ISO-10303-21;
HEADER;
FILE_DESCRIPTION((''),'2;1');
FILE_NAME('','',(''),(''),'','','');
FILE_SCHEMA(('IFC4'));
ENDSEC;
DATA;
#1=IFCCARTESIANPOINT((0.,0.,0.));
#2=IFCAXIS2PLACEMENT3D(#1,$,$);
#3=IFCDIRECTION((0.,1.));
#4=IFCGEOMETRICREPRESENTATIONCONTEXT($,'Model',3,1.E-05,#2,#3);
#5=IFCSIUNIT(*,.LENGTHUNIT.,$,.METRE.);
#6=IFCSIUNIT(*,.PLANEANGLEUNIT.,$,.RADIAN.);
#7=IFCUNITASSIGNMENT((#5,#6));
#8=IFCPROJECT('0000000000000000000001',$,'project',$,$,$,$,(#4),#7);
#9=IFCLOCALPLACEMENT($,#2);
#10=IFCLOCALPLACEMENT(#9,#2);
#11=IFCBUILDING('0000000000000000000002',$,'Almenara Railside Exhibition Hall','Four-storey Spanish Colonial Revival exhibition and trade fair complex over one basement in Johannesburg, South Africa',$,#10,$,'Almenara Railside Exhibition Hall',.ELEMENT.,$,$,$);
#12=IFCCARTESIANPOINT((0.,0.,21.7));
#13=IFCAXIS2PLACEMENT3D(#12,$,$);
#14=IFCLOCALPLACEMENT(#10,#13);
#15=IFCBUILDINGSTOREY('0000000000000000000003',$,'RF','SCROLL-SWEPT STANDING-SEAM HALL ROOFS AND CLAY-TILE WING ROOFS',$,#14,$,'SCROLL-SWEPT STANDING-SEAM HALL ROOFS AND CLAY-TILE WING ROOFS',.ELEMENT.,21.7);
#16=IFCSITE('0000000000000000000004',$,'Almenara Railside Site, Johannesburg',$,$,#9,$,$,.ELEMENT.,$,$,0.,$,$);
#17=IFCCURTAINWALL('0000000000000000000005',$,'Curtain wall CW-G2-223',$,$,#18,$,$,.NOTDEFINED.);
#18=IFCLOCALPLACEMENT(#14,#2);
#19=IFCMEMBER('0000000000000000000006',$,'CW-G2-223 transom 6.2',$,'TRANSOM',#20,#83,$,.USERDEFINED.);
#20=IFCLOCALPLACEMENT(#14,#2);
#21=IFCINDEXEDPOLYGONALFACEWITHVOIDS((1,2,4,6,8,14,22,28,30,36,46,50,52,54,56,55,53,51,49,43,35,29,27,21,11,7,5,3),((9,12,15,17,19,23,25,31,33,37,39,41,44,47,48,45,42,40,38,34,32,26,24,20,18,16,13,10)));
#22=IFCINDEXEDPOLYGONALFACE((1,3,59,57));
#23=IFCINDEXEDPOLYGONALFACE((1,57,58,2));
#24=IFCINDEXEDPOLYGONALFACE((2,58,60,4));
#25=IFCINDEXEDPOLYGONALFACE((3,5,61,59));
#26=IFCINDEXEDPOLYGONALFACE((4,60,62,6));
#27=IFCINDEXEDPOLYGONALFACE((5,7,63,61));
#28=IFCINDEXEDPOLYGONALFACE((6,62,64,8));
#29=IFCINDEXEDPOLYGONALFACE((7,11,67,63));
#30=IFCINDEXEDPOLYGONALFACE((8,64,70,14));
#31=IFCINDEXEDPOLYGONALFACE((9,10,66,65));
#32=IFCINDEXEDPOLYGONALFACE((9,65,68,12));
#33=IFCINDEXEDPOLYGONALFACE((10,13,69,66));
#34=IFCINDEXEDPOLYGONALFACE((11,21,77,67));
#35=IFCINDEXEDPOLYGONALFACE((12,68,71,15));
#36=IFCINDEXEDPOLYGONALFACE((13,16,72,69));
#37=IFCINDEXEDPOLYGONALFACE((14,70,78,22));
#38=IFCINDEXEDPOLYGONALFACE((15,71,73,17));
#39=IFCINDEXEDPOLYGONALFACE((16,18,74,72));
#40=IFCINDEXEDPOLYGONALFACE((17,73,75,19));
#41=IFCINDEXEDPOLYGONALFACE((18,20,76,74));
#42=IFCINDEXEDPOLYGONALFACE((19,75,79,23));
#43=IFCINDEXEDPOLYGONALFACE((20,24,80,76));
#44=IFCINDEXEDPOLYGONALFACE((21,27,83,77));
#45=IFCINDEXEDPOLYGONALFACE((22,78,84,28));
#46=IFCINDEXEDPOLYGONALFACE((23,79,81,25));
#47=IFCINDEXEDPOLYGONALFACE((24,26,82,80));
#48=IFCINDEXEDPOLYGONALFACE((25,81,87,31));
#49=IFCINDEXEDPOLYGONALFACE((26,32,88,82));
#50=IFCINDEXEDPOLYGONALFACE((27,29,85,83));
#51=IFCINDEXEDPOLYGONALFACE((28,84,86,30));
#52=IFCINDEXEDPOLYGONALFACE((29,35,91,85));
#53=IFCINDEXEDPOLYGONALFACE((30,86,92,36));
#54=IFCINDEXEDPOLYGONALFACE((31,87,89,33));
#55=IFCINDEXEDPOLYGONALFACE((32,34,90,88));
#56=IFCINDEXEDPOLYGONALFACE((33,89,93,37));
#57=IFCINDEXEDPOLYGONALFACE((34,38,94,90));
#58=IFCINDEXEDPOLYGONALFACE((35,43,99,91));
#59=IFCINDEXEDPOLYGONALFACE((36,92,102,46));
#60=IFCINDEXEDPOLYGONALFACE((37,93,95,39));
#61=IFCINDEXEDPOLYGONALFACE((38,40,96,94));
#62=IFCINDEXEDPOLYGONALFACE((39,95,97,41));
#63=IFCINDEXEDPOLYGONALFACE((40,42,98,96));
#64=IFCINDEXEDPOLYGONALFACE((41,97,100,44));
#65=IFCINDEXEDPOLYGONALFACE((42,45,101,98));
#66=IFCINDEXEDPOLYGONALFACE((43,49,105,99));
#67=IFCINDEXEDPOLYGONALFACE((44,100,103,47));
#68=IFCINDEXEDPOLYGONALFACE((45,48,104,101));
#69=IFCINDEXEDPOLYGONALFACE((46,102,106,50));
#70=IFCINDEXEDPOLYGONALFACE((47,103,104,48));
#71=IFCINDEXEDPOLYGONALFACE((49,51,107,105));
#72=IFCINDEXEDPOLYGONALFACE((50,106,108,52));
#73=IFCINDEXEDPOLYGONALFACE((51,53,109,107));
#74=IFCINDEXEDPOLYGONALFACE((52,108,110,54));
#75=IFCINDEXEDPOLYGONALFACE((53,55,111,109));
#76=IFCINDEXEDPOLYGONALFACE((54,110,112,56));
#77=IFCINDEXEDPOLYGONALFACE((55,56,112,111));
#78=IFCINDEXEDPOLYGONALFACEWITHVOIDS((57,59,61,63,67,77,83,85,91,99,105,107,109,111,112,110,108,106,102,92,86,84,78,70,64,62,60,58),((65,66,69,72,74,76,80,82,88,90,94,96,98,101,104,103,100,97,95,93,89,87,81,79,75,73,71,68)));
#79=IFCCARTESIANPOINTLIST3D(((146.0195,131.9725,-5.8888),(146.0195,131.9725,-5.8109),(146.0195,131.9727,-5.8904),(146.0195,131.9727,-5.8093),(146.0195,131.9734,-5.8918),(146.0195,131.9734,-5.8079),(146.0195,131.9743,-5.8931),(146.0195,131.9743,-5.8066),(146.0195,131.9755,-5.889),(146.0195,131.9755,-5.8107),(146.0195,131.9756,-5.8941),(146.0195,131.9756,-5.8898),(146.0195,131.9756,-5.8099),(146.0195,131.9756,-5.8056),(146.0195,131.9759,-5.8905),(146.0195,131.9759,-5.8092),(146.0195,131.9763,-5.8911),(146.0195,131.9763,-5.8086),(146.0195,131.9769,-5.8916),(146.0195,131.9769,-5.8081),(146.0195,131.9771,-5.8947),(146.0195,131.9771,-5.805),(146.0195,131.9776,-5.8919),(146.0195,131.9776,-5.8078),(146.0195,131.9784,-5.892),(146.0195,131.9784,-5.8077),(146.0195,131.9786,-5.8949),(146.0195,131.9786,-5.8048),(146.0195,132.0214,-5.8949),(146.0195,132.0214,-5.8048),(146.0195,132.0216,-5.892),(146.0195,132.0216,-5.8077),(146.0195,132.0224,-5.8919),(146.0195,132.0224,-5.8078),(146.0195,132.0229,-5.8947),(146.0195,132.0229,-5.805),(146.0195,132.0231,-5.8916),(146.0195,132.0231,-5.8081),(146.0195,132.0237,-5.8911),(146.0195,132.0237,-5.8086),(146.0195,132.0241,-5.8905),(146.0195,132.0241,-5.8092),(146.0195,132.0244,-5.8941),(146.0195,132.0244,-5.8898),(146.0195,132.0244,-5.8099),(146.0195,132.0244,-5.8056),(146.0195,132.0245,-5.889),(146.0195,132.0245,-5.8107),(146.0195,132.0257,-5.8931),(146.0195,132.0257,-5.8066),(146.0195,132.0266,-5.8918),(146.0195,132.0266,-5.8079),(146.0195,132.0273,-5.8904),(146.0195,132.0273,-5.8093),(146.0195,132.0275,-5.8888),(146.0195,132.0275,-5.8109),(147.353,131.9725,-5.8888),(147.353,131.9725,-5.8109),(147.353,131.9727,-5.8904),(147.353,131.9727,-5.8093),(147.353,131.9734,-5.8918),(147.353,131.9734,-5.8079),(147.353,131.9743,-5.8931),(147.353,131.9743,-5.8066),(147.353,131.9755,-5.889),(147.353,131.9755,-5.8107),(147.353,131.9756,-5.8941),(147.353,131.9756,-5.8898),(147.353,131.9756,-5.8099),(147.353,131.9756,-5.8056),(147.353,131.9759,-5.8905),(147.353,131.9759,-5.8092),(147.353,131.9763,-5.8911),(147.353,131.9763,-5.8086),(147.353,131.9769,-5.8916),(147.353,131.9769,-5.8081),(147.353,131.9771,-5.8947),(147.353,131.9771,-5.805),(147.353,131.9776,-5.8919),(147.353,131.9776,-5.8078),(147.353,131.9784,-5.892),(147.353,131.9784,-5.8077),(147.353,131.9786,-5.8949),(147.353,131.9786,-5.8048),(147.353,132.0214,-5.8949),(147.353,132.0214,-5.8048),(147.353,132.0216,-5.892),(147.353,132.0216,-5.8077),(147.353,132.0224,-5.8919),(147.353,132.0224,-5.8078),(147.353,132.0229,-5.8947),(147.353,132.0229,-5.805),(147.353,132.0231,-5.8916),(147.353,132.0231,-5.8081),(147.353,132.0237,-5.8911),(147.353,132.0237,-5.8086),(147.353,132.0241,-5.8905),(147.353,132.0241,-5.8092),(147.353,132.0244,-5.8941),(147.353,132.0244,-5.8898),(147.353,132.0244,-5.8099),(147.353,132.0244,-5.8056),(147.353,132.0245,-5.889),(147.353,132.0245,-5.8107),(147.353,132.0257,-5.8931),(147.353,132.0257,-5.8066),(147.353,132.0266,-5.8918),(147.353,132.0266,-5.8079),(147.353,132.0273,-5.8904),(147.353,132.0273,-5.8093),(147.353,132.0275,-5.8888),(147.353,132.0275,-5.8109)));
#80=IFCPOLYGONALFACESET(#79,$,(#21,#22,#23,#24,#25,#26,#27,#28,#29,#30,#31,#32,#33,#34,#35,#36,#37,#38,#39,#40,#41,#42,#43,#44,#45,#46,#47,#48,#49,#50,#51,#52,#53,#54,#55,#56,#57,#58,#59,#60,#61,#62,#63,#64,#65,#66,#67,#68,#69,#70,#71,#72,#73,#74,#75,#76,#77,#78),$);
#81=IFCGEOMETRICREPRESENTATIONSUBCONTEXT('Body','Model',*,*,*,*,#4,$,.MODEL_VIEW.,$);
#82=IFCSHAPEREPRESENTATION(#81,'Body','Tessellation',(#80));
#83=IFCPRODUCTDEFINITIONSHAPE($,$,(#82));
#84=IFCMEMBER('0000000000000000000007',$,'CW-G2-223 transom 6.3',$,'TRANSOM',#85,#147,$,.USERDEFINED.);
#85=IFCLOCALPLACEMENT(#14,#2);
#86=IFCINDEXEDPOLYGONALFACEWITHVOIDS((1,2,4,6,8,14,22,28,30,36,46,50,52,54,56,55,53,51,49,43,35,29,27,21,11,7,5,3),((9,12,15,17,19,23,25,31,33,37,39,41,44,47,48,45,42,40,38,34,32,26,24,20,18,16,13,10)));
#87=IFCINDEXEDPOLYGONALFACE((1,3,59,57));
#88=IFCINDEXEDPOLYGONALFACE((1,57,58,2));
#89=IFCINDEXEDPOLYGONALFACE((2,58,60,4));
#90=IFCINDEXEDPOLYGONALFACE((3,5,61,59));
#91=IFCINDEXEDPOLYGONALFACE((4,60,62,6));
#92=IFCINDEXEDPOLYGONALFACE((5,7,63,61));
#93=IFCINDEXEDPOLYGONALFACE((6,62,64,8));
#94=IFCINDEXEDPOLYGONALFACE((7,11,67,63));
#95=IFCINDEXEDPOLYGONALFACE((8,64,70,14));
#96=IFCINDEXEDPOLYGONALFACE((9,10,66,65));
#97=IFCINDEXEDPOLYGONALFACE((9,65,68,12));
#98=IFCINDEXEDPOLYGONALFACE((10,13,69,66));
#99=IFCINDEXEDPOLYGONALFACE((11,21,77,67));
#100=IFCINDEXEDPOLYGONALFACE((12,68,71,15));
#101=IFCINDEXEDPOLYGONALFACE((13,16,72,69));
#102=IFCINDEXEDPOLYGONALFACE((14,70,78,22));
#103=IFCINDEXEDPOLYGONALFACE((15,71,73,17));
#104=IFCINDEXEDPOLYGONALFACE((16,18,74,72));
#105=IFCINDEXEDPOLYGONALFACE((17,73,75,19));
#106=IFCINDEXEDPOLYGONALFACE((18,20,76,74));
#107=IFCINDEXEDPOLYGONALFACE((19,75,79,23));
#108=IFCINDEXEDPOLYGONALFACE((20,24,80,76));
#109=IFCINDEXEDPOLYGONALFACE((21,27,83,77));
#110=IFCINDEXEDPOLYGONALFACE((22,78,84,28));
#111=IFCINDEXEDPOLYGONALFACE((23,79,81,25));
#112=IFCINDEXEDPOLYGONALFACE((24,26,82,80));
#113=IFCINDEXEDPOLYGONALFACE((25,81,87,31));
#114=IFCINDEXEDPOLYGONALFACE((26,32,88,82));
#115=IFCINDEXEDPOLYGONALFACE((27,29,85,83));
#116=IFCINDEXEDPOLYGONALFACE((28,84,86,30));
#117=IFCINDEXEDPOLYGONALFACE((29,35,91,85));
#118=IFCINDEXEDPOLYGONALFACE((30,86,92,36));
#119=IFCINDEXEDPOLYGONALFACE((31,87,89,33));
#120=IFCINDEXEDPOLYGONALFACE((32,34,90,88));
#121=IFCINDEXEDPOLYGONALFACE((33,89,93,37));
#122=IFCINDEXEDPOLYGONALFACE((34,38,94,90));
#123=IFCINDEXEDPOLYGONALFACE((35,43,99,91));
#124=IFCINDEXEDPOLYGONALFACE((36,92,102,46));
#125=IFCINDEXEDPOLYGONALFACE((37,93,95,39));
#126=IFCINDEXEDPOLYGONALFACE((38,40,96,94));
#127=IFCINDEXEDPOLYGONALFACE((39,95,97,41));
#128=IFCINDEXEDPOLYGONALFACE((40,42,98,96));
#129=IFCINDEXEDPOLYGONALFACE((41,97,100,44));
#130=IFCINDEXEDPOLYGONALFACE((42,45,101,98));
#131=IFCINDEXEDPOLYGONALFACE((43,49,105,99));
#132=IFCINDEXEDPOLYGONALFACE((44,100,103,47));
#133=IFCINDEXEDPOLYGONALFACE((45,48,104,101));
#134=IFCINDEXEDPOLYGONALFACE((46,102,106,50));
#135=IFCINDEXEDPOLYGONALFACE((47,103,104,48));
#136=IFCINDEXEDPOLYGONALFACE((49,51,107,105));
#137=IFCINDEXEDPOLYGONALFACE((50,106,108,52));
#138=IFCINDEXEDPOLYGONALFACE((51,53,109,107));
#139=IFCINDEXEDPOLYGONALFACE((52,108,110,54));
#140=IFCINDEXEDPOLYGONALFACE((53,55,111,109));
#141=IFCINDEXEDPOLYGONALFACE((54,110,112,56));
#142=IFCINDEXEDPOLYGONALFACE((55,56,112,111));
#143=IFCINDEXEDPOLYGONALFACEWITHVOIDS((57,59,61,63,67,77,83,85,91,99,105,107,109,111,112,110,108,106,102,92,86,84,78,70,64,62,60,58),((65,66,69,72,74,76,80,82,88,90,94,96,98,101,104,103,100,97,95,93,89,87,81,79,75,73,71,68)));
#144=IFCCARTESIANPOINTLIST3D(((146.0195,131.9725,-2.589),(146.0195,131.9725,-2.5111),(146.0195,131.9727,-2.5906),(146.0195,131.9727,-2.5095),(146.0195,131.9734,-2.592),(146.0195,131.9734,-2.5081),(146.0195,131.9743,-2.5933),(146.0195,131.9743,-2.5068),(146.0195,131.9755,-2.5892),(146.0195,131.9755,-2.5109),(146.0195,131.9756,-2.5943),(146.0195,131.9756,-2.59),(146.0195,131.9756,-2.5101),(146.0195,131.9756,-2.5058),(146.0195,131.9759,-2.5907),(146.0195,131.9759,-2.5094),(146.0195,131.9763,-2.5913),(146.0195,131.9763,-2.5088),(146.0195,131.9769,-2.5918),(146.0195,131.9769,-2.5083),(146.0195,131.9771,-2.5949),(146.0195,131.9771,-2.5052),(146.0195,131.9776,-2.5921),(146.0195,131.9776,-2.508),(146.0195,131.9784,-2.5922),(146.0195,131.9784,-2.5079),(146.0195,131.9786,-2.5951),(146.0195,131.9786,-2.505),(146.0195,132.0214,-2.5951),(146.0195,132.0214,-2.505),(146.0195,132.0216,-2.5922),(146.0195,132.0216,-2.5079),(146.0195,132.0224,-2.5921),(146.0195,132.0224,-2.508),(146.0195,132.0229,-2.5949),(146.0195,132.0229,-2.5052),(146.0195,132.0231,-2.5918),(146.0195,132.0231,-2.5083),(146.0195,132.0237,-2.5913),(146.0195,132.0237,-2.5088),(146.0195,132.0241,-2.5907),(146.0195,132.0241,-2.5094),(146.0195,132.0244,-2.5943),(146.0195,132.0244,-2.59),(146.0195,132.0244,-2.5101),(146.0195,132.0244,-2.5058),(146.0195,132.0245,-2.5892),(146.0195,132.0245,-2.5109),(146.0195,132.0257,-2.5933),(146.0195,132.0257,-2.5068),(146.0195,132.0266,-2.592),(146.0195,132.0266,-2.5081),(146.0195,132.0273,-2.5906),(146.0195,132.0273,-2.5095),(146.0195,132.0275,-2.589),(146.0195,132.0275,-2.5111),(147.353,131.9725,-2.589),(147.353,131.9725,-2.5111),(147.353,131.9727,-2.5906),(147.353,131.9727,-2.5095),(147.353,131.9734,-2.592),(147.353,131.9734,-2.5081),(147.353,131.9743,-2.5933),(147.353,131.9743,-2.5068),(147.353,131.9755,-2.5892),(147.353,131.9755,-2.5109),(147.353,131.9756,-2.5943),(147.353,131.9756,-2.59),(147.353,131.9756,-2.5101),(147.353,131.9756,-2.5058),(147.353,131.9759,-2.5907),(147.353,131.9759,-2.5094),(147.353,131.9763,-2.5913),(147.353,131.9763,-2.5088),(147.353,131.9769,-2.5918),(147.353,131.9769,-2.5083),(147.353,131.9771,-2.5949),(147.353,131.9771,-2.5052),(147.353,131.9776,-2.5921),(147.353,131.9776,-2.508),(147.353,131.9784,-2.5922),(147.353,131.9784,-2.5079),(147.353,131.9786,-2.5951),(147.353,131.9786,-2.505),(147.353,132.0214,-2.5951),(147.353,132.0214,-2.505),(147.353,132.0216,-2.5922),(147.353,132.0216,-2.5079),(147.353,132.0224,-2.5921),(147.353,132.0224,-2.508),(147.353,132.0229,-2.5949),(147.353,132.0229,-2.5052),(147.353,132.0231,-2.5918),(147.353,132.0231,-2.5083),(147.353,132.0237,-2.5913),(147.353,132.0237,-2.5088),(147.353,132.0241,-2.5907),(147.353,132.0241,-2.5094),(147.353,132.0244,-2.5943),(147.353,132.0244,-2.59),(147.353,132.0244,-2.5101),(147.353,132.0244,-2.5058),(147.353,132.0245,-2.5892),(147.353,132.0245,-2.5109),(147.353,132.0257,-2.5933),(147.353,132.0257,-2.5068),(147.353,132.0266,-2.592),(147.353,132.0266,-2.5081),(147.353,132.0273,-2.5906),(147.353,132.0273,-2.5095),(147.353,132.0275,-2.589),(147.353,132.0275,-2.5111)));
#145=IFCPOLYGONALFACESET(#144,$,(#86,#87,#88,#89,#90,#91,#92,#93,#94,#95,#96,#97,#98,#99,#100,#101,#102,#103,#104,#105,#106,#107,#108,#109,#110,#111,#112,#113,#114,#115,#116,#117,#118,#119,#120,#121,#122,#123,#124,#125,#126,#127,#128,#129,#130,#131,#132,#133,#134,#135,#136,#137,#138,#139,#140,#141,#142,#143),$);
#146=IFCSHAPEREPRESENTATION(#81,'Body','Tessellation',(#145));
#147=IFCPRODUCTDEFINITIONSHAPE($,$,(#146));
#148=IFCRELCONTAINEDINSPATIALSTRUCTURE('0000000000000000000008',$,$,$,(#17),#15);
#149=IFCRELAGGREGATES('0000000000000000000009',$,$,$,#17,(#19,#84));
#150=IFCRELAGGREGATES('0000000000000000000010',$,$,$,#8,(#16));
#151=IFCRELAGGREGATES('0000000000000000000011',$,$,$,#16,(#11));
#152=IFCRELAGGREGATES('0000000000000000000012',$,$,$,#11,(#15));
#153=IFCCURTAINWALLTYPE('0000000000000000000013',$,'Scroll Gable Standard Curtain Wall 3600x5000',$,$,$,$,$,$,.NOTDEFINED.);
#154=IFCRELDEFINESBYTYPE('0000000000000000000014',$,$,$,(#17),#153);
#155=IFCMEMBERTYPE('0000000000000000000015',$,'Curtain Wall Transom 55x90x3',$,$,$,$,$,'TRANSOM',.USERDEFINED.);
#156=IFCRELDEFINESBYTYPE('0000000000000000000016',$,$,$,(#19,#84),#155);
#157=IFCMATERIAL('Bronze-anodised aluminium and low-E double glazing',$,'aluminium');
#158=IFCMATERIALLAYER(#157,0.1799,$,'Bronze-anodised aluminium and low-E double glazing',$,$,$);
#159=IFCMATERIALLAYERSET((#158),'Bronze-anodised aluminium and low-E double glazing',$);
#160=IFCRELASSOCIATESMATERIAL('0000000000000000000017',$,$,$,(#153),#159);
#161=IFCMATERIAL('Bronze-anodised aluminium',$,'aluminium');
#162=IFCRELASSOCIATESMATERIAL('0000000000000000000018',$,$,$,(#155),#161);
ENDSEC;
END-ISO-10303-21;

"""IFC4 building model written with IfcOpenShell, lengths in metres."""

from ifc_helpers import new_model, si_unit, direction, frame, origin, origin_2d, place, context, subcontext, project, spatial, hollow_rectangle, extrude, material, layer, layer_set, material_profile, profile_set, type_object, element, aggregate, save


model = new_model("IFC4")

# Units and contexts
model_context = context("Model", 3, precision=1e-05, world=origin(), true_north=direction((0.0, 1.0)))
body_context = subcontext(model_context, "Body", "Model", "MODEL_VIEW")
ifc_project = project(units=[si_unit("LENGTHUNIT", "METRE"), si_unit("PLANEANGLEUNIT", "RADIAN")], contexts=[model_context])

# Site, building, storey
site_placement = place(None, origin())
site = spatial("IfcSite", under=ifc_project, at=site_placement, Name="Almenara Railside Site, Johannesburg", CompositionType="ELEMENT", RefElevation=0.0)
building_placement = place(site_placement, origin())
building = spatial("IfcBuilding", under=site, at=building_placement, Name="Almenara Railside Exhibition Hall", Description="Four-storey Spanish Colonial Revival exhibition and trade fair complex over one basement in Johannesburg, South Africa", LongName="Almenara Railside Exhibition Hall", CompositionType="ELEMENT")
storey_placement = place(building_placement, frame((0.0, 0.0, 21.7)))
storey = spatial("IfcBuildingStorey", under=building, at=storey_placement, Name="RF", Description="SCROLL-SWEPT STANDING-SEAM HALL ROOFS AND CLAY-TILE WING ROOFS", LongName="SCROLL-SWEPT STANDING-SEAM HALL ROOFS AND CLAY-TILE WING ROOFS", CompositionType="ELEMENT", Elevation=21.7)

# Curtain wall
ifc_material_1 = material(Name="Bronze-anodised aluminium and low-E double glazing", Category="aluminium")
ifc_layer_1 = layer(ifc_material_1, 0.1799, Name="Bronze-anodised aluminium and low-E double glazing")
ifc_layer_set_1 = layer_set([ifc_layer_1], Name="Bronze-anodised aluminium and low-E double glazing")
curtain_wall_type_1 = type_object("IfcCurtainWallType", Name="Scroll Gable Standard Curtain Wall 3600x5000", PredefinedType="NOTDEFINED", material=ifc_layer_set_1)
curtain_wall_1_placement = place(storey_placement, origin())
curtain_wall_1 = element("IfcCurtainWall", 1, at=curtain_wall_1_placement, inside=storey, type_object=curtain_wall_type_1, Name="Curtain wall CW-G2-223", PredefinedType="NOTDEFINED")
ifc_material_2 = material(Name="Bronze-anodised aluminium", Category="aluminium")

# Members
ifc_material_profile_1 = material_profile(ifc_material_2, hollow_rectangle(XDim=0.0549, YDim=0.0901, WallThickness=0.0029, InnerFilletRadius=0.0029, OuterFilletRadius=0.0061, at=origin_2d()), Name="ALU-TRN 55x90x3")
ifc_profile_set_1 = profile_set([ifc_material_profile_1], Name="Bronze-anodised aluminium")
member_type_1 = type_object("IfcMemberType", Name="Curtain Wall Transom 55x90x3", ElementType="TRANSOM", PredefinedType="USERDEFINED", material=ifc_profile_set_1)
member_1_placement = place(storey_placement, frame((146.0195, 132.0, -5.8499), z_axis=(1.0, 0.0, 0.0), x_axis=(0.0, 1.0, 0.0)))
member_1 = element("IfcMember", 2, at=member_1_placement, type_object=member_type_1, Name="CW-G2-223 transom 6.2", ObjectType="TRANSOM", PredefinedType="USERDEFINED", context=body_context, shape_type="SweptSolid", body=[
    extrude(hollow_rectangle(XDim=0.0549, YDim=0.0901, WallThickness=0.0029, InnerFilletRadius=0.0029, OuterFilletRadius=0.0061, at=origin_2d()), origin(), (0.0, 0.0, 1.0), 1.3335),
])
member_2_placement = place(storey_placement, frame((146.0195, 132.0, -2.55), z_axis=(1.0, 0.0, 0.0), x_axis=(0.0, 1.0, 0.0)))
member_2 = element("IfcMember", 3, at=member_2_placement, type_object=member_type_1, Name="CW-G2-223 transom 6.3", ObjectType="TRANSOM", PredefinedType="USERDEFINED", context=body_context, shape_type="SweptSolid", body=[
    extrude(hollow_rectangle(XDim=0.0549, YDim=0.0901, WallThickness=0.0029, InnerFilletRadius=0.0029, OuterFilletRadius=0.0061, at=origin_2d()), origin(), (0.0, 0.0, 1.0), 1.3335),
])

aggregate(curtain_wall_1, [member_1, member_2])

save(model, "model.ifc")
